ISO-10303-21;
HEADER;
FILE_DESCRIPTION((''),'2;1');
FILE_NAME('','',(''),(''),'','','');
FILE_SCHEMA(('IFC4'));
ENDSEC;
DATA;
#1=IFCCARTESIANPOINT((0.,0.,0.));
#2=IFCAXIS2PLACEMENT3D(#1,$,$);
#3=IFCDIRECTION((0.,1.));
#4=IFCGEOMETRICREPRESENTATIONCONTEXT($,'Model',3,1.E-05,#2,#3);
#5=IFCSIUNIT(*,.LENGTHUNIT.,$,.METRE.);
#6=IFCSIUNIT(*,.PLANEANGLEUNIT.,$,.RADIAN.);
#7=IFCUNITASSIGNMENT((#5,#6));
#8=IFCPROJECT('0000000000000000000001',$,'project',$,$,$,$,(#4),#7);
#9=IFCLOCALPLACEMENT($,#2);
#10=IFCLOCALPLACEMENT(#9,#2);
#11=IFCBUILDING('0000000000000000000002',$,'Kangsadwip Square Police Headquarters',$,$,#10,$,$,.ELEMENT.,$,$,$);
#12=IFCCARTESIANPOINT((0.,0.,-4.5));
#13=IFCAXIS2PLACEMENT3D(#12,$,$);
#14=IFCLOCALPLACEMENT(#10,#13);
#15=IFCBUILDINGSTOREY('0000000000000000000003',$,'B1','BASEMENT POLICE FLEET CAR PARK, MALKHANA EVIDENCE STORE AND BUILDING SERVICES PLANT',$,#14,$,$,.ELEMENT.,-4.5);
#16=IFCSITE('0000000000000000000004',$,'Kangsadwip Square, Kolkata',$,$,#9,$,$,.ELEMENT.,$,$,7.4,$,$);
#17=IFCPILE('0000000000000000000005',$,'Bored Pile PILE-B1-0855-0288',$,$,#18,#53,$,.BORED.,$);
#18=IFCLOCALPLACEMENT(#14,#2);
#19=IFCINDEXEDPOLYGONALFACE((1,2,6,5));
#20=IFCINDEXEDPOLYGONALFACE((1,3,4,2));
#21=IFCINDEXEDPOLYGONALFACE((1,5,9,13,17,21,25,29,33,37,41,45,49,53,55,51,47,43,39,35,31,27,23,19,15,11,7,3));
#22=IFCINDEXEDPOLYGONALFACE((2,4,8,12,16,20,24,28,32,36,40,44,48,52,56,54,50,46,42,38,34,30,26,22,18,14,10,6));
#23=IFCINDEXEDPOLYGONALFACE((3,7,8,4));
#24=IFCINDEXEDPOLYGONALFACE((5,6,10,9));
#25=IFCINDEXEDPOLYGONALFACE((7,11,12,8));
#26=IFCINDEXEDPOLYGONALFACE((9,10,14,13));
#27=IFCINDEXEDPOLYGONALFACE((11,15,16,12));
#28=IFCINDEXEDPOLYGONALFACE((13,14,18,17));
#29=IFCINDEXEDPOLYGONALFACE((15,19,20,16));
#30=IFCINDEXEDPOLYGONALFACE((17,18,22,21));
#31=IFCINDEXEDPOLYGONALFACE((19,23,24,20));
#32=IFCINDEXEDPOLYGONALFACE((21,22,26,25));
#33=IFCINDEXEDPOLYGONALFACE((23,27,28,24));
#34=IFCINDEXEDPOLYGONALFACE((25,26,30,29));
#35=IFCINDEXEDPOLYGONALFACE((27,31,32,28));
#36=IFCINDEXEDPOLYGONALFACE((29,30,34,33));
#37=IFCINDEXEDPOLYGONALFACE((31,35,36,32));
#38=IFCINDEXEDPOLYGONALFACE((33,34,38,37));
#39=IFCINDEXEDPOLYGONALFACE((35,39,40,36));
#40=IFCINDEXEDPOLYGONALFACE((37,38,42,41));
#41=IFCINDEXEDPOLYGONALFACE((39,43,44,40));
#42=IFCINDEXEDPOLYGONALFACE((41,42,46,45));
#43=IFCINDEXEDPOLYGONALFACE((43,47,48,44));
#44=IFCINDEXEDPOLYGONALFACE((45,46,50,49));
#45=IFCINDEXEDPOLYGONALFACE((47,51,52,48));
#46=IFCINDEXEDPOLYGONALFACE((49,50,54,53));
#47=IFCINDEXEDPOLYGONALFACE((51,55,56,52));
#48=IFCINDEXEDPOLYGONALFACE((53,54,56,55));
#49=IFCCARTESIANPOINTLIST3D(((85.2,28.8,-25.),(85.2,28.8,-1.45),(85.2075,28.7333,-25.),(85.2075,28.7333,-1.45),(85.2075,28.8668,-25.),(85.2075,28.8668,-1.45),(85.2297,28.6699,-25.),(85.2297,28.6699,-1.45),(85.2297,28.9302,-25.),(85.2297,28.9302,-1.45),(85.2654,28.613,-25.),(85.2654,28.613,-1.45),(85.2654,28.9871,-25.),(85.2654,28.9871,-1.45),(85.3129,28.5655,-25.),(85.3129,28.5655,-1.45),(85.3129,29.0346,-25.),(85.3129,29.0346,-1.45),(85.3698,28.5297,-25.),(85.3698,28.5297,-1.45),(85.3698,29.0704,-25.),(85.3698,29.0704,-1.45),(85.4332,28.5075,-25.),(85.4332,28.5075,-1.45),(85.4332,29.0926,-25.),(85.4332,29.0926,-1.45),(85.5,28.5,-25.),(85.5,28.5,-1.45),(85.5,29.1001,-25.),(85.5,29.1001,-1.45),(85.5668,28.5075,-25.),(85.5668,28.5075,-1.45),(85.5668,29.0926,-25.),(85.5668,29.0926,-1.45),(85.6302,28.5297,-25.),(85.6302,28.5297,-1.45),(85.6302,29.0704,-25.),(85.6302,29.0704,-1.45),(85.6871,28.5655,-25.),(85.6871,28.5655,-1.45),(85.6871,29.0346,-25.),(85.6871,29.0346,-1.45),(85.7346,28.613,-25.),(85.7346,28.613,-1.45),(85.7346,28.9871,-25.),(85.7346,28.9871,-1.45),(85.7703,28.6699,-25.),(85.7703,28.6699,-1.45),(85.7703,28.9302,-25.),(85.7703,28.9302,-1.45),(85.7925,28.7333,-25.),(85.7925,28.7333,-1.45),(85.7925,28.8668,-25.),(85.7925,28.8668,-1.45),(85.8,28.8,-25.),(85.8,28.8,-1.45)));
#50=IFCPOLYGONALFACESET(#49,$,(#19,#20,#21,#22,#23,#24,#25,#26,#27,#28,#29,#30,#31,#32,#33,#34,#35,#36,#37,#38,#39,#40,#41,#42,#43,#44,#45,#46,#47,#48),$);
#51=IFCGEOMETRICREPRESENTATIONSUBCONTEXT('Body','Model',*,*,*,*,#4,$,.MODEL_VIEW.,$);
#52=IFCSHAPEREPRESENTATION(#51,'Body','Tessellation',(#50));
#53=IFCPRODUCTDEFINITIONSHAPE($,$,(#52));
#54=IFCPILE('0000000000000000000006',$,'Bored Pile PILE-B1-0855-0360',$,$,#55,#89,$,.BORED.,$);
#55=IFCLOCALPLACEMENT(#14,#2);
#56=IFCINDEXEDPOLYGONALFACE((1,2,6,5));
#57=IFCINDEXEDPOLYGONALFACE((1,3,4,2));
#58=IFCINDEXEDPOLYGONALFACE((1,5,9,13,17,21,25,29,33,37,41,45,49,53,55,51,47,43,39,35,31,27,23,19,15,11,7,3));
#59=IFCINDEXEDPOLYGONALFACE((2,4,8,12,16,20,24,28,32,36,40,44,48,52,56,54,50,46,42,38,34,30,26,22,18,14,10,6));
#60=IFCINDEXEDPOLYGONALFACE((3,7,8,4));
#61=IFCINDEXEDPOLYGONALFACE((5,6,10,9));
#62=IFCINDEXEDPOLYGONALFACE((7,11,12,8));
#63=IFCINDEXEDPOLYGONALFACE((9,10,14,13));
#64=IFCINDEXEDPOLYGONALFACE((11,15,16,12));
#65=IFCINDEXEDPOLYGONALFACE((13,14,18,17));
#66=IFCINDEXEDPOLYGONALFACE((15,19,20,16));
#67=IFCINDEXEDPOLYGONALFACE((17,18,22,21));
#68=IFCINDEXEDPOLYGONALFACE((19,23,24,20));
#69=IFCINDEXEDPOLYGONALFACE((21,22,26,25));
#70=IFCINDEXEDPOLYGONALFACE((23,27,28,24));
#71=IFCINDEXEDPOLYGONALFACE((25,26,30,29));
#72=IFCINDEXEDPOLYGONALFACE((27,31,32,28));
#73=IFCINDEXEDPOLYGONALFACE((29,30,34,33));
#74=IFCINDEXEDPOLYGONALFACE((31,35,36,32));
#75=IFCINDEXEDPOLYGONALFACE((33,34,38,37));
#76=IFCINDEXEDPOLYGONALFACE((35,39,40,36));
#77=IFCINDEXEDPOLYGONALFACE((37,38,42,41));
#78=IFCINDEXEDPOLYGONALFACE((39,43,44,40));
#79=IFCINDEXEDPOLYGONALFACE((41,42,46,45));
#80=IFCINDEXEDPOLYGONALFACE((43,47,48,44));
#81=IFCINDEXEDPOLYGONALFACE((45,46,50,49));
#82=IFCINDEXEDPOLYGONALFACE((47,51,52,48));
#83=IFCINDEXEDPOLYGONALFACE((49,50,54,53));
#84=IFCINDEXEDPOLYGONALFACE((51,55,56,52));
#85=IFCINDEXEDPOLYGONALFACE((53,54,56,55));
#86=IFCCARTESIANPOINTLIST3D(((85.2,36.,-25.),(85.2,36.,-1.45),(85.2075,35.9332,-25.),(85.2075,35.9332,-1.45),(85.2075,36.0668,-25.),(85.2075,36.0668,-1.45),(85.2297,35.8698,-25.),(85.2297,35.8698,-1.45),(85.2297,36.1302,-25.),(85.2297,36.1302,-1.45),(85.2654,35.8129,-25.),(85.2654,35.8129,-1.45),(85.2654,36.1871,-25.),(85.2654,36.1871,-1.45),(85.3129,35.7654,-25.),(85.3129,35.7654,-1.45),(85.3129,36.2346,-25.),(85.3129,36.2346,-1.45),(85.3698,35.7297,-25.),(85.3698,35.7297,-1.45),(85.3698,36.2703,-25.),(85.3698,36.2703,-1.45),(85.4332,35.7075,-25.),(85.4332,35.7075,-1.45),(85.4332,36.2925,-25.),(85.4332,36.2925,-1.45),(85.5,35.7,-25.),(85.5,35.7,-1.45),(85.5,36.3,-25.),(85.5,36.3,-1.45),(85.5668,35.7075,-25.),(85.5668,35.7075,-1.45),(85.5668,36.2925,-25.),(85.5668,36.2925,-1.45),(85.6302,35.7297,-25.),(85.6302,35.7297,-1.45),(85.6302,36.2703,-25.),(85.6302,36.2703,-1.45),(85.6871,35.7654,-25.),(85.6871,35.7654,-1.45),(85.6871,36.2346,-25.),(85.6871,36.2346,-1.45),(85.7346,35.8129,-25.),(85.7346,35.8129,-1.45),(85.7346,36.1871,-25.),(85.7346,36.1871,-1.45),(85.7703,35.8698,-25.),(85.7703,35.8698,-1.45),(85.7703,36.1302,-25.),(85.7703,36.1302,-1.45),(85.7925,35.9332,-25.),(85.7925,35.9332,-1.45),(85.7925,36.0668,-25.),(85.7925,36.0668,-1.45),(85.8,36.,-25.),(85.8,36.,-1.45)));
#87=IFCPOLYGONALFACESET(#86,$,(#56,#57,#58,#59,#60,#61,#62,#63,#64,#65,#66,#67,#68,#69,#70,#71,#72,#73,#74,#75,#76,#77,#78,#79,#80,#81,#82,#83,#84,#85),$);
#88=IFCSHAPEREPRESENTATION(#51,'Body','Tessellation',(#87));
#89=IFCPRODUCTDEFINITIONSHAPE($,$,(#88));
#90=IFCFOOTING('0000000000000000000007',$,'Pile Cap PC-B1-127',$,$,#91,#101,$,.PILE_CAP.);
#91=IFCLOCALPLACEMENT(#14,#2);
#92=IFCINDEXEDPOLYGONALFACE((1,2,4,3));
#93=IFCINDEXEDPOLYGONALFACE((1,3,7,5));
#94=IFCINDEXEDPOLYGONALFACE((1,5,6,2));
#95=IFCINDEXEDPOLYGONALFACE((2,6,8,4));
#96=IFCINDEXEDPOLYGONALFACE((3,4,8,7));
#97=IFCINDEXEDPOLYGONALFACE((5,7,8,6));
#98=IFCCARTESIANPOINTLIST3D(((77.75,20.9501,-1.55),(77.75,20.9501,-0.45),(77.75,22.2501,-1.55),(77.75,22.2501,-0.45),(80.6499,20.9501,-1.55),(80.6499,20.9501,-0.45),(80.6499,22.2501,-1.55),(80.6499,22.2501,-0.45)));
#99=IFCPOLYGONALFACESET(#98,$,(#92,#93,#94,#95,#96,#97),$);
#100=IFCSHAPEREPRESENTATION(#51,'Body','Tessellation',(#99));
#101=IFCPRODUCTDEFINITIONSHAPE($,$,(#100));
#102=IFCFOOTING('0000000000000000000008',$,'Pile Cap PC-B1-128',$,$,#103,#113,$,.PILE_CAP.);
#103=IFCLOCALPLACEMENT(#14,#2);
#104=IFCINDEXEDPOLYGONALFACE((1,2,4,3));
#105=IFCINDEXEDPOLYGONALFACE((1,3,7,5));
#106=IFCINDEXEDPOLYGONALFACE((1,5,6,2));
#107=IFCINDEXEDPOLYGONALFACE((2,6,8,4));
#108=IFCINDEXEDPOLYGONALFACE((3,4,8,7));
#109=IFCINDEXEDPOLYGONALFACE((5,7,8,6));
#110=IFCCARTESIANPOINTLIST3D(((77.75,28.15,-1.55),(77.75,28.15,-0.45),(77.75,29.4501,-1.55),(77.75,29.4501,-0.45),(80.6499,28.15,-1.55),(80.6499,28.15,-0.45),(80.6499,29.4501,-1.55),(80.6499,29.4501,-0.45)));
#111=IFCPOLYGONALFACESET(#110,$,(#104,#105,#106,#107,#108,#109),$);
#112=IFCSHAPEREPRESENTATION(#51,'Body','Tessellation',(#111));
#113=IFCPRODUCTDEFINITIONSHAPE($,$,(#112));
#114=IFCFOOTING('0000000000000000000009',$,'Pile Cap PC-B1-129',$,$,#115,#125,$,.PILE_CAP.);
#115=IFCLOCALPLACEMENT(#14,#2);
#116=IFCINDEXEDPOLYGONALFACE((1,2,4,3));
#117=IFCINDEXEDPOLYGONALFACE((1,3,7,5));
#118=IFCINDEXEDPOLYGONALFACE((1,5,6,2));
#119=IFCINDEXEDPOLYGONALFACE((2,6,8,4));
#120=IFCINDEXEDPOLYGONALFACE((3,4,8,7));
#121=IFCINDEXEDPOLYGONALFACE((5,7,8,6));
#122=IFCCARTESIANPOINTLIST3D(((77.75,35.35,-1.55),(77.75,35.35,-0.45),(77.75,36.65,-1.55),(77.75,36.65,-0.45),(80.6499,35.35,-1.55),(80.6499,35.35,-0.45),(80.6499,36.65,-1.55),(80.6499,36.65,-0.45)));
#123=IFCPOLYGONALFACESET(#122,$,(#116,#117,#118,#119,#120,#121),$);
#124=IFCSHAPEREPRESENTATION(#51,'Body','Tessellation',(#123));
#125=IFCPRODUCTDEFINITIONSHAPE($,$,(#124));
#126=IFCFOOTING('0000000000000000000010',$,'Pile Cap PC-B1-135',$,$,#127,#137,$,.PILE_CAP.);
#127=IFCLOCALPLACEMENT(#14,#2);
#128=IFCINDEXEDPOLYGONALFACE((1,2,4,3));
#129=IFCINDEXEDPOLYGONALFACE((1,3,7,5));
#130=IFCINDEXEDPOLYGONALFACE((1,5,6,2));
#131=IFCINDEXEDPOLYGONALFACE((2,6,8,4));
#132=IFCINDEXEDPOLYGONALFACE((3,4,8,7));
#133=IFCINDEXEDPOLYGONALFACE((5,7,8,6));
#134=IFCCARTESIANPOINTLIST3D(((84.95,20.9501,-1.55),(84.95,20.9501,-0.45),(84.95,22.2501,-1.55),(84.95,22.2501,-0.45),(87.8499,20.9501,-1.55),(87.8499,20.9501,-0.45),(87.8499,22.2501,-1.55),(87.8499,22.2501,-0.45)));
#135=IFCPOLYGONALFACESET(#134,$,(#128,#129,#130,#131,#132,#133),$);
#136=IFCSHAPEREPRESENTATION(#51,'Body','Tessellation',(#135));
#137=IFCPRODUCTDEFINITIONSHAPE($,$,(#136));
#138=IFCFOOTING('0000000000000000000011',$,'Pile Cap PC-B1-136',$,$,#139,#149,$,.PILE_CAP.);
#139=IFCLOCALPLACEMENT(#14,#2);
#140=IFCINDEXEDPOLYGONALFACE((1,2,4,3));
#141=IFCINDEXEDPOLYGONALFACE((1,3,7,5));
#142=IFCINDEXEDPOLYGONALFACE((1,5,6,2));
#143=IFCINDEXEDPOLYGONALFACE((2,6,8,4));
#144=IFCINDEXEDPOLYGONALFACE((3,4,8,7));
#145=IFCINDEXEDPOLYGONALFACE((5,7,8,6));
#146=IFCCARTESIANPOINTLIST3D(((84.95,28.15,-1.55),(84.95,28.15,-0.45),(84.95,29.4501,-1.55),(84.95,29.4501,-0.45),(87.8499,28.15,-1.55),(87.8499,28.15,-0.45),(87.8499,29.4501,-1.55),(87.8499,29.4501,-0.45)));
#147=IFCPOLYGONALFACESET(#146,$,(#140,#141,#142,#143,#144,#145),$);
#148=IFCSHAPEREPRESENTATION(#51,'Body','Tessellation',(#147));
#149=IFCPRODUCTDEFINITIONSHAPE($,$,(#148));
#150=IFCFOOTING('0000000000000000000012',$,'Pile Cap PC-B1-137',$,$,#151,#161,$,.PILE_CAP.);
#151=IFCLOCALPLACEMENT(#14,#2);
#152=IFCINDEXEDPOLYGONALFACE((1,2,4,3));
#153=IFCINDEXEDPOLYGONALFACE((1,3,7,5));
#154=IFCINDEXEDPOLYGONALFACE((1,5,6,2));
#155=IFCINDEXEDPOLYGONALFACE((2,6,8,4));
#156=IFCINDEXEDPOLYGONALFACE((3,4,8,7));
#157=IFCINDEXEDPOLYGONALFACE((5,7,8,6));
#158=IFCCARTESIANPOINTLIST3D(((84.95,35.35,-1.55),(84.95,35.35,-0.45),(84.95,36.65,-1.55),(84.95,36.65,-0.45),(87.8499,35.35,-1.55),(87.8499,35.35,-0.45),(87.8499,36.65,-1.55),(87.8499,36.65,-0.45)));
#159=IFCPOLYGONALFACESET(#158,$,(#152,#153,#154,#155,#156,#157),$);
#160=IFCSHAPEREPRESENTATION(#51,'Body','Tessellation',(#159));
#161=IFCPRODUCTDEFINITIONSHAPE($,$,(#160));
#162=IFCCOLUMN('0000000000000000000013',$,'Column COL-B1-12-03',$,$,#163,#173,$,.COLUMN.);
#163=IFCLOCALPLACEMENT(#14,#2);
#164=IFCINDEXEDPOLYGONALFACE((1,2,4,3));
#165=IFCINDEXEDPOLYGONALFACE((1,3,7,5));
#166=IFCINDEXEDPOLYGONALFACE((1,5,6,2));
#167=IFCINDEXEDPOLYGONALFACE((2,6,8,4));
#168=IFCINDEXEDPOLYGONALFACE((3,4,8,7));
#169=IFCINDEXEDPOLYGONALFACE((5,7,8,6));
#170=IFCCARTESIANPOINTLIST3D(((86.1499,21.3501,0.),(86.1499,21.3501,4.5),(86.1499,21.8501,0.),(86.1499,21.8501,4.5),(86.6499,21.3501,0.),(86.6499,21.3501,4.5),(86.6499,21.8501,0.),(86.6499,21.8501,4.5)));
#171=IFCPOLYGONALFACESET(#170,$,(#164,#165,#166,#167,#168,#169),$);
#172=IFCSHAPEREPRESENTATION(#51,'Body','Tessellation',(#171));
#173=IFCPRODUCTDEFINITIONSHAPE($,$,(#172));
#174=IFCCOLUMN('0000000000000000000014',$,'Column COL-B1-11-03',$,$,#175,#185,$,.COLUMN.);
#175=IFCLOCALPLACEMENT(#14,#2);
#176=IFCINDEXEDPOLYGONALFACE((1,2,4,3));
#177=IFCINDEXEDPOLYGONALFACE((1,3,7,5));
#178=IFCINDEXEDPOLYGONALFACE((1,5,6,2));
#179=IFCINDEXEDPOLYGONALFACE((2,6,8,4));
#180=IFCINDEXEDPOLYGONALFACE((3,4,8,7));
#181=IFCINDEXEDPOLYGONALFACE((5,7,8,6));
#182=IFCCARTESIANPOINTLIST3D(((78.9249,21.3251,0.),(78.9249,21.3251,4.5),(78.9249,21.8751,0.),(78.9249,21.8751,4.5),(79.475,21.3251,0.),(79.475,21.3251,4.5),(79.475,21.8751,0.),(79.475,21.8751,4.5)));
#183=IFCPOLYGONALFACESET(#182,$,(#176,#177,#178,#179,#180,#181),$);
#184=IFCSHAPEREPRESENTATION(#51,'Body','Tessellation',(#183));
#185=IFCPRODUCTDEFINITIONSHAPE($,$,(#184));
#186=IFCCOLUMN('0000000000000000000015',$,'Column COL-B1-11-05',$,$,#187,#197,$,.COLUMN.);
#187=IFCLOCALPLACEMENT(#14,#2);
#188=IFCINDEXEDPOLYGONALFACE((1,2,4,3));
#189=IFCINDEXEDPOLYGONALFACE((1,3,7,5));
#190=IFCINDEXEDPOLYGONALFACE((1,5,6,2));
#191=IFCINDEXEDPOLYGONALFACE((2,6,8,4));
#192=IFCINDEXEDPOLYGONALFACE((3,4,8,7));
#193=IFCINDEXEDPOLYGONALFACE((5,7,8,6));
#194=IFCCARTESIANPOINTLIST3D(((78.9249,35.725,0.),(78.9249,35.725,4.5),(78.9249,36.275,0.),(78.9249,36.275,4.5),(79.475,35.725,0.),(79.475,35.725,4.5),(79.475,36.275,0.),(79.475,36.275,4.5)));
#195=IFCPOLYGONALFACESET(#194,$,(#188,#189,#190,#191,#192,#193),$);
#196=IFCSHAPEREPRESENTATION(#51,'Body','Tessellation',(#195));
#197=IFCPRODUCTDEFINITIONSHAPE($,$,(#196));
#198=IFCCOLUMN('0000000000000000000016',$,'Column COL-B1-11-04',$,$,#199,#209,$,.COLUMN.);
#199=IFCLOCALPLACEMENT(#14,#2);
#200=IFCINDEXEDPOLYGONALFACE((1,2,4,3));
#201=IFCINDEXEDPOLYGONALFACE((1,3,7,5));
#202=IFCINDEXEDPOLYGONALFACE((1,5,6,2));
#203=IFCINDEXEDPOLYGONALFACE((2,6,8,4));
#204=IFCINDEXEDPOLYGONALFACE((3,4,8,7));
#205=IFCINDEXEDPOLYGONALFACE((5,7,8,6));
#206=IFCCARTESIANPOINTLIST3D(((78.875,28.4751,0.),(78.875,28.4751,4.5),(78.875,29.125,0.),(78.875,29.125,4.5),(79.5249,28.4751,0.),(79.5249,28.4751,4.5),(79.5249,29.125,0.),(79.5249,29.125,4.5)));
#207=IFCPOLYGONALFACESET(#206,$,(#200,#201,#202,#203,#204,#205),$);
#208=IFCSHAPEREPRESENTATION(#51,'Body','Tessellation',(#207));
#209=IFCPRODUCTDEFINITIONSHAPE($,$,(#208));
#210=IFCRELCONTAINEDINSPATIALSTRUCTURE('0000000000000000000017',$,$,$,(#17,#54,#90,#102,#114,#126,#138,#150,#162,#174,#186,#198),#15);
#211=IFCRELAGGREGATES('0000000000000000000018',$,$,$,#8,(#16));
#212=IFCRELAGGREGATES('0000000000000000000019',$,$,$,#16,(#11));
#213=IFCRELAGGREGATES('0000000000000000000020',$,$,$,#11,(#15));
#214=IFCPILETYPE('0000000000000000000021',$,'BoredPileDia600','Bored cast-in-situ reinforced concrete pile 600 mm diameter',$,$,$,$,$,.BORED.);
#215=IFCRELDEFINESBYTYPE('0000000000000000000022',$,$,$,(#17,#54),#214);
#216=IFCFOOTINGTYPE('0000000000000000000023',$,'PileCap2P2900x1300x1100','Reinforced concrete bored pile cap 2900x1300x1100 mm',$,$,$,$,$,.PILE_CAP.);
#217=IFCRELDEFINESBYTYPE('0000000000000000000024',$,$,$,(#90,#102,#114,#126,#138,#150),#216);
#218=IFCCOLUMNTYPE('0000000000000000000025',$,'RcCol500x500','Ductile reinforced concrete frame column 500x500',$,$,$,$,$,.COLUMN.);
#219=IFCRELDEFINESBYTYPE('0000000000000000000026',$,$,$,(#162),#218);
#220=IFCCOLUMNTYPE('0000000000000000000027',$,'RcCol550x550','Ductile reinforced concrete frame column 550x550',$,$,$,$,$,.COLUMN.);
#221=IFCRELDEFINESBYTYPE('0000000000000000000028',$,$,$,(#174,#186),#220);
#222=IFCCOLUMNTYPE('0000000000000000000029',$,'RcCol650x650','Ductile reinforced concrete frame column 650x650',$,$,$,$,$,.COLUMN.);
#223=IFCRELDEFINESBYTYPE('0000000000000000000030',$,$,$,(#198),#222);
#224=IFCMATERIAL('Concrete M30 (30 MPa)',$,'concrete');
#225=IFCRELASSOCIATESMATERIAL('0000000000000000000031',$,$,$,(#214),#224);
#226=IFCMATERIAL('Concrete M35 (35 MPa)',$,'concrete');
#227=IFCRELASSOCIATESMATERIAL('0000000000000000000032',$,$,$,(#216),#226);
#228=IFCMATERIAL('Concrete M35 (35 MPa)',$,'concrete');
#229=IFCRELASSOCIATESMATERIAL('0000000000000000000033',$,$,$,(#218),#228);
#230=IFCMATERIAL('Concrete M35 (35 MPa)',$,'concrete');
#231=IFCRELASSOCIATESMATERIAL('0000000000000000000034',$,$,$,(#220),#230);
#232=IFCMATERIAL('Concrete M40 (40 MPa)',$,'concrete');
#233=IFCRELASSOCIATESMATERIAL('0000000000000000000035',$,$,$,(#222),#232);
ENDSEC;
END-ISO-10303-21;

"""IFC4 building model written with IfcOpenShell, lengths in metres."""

from ifc_helpers import new_model, si_unit, direction, frame, origin, origin_2d, place, context, subcontext, project, spatial, rectangle, circle, extrude, material, material_profile, profile_set, type_object, element, save


model = new_model("IFC4")

# Units and contexts
model_context = context("Model", 3, precision=1e-05, world=origin(), true_north=direction((0.0, 1.0)))
body_context = subcontext(model_context, "Body", "Model", "MODEL_VIEW")
ifc_project = project(units=[si_unit("LENGTHUNIT", "METRE"), si_unit("PLANEANGLEUNIT", "RADIAN")], contexts=[model_context])

# Site, building, storey
site_placement = place(None, origin())
site = spatial("IfcSite", under=ifc_project, at=site_placement, Name="Kangsadwip Square, Kolkata", CompositionType="ELEMENT", RefElevation=7.4)
building_placement = place(site_placement, origin())
building = spatial("IfcBuilding", under=site, at=building_placement, Name="Kangsadwip Square Police Headquarters", CompositionType="ELEMENT")
storey_placement = place(building_placement, frame((0.0, 0.0, -4.5)))
storey = spatial("IfcBuildingStorey", under=building, at=storey_placement, Name="B1", Description="BASEMENT POLICE FLEET CAR PARK, MALKHANA EVIDENCE STORE AND BUILDING SERVICES PLANT", CompositionType="ELEMENT", Elevation=-4.5)

# Piles
ifc_material_1 = material(Name="Concrete M30 (30 MPa)", Category="concrete")
ifc_material_profile_1 = material_profile(ifc_material_1, circle(Radius=0.3, at=origin_2d()), Name="PILE DIA 600")
ifc_profile_set_1 = profile_set([ifc_material_profile_1], Name="Concrete M30 (30 MPa)")
pile_type = type_object("IfcPileType", Name="BoredPileDia600", Description="Bored cast-in-situ reinforced concrete pile 600 mm diameter", PredefinedType="BORED", material=ifc_profile_set_1)
for number, where, z_axis, x_axis, name in (
    (1, (85.5, 28.8, -1.45), (0.0, 0.0, -1.0), (1.0, 0.0, 0.0), "Bored Pile PILE-B1-0855-0288"),
    (2, (85.5, 36.0, -1.45), (0.0, 0.0, -1.0), (1.0, 0.0, 0.0), "Bored Pile PILE-B1-0855-0360"),
):
    element("IfcPile", number, at=place(storey_placement, frame(where, z_axis=z_axis, x_axis=x_axis)), inside=storey, type_object=pile_type, Name=name, PredefinedType="BORED", context=body_context, shape_type="SweptSolid", body=[
        extrude(circle(Radius=0.3, at=origin_2d()), origin(), (0.0, 0.0, 1.0), 23.55),
    ])

# Footings
ifc_material_2 = material(Name="Concrete M35 (35 MPa)", Category="concrete")
footing_type = type_object("IfcFootingType", Name="PileCap2P2900x1300x1100", Description="Reinforced concrete bored pile cap 2900x1300x1100 mm", PredefinedType="PILE_CAP", material=ifc_material_2)
for number, where, z_axis, x_axis, name in (
    (3, (79.2, 21.6001, -1.55), (0.0, 0.0, 1.0), (1.0, 0.0, 0.0), "Pile Cap PC-B1-127"),
    (4, (79.2, 28.8, -1.55), (0.0, 0.0, 1.0), (1.0, 0.0, 0.0), "Pile Cap PC-B1-128"),
    (5, (79.2, 36.0, -1.55), (0.0, 0.0, 1.0), (1.0, 0.0, 0.0), "Pile Cap PC-B1-129"),
    (6, (86.3999, 21.6001, -1.55), (0.0, 0.0, 1.0), (1.0, 0.0, 0.0), "Pile Cap PC-B1-135"),
    (7, (86.3999, 28.8, -1.55), (0.0, 0.0, 1.0), (1.0, 0.0, 0.0), "Pile Cap PC-B1-136"),
    (8, (86.3999, 36.0, -1.55), (0.0, 0.0, 1.0), (1.0, 0.0, 0.0), "Pile Cap PC-B1-137"),
):
    element("IfcFooting", number, at=place(storey_placement, frame(where, z_axis=z_axis, x_axis=x_axis)), inside=storey, type_object=footing_type, Name=name, PredefinedType="PILE_CAP", context=body_context, shape_type="SweptSolid", body=[
        extrude(rectangle(XDim=2.8999, YDim=1.3, at=origin_2d()), origin(), (0.0, 0.0, 1.0), 1.1001),
    ])

# Columns
ifc_material_3 = material(Name="Concrete M35 (35 MPa)", Category="concrete")
ifc_material_profile_2 = material_profile(ifc_material_3, rectangle(XDim=0.5, YDim=0.5, at=origin_2d()), Name="RC COL 500X500")
ifc_profile_set_2 = profile_set([ifc_material_profile_2], Name="Concrete M35 (35 MPa)")
column_type_1 = type_object("IfcColumnType", Name="RcCol500x500", Description="Ductile reinforced concrete frame column 500x500", PredefinedType="COLUMN", material=ifc_profile_set_2)
column_placement = place(storey_placement, frame((86.3999, 21.6001, 0.0), z_axis=(0.0, 0.0, 1.0), x_axis=(1.0, 0.0, 0.0)))
element("IfcColumn", 9, at=column_placement, inside=storey, type_object=column_type_1, Name="Column COL-B1-12-03", PredefinedType="COLUMN", context=body_context, shape_type="SweptSolid", body=[
    extrude(rectangle(XDim=0.5, YDim=0.5, at=origin_2d()), origin(), (0.0, 0.0, 1.0), 4.5),
])
ifc_material_4 = material(Name="Concrete M35 (35 MPa)", Category="concrete")
ifc_material_profile_3 = material_profile(ifc_material_4, rectangle(XDim=0.55, YDim=0.55, at=origin_2d()), Name="RC COL 550X550")
ifc_profile_set_3 = profile_set([ifc_material_profile_3], Name="Concrete M35 (35 MPa)")
column_type_2 = type_object("IfcColumnType", Name="RcCol550x550", Description="Ductile reinforced concrete frame column 550x550", PredefinedType="COLUMN", material=ifc_profile_set_3)
for number, where, z_axis, x_axis, name in (
    (10, (79.2, 21.6001, 0.0), (0.0, 0.0, 1.0), (1.0, 0.0, 0.0), "Column COL-B1-11-03"),
    (11, (79.2, 36.0, 0.0), (0.0, 0.0, 1.0), (1.0, 0.0, 0.0), "Column COL-B1-11-05"),
):
    element("IfcColumn", number, at=place(storey_placement, frame(where, z_axis=z_axis, x_axis=x_axis)), inside=storey, type_object=column_type_2, Name=name, PredefinedType="COLUMN", context=body_context, shape_type="SweptSolid", body=[
        extrude(rectangle(XDim=0.55, YDim=0.55, at=origin_2d()), origin(), (0.0, 0.0, 1.0), 4.5),
    ])
ifc_material_5 = material(Name="Concrete M40 (40 MPa)", Category="concrete")
ifc_material_profile_4 = material_profile(ifc_material_5, rectangle(XDim=0.6499, YDim=0.6499, at=origin_2d()), Name="RC COL 650X650")
ifc_profile_set_4 = profile_set([ifc_material_profile_4], Name="Concrete M40 (40 MPa)")
column_type_3 = type_object("IfcColumnType", Name="RcCol650x650", Description="Ductile reinforced concrete frame column 650x650", PredefinedType="COLUMN", material=ifc_profile_set_4)
for number, where, z_axis, x_axis, name in (
    (12, (79.2, 28.8, 0.0), (0.0, 0.0, 1.0), (1.0, 0.0, 0.0), "Column COL-B1-11-04"),
):
    element("IfcColumn", number, at=place(storey_placement, frame(where, z_axis=z_axis, x_axis=x_axis)), inside=storey, type_object=column_type_3, Name=name, PredefinedType="COLUMN", context=body_context, shape_type="SweptSolid", body=[
        extrude(rectangle(XDim=0.6499, YDim=0.6499, at=origin_2d()), origin(), (0.0, 0.0, 1.0), 4.5),
    ])

save(model, "model.ifc")
